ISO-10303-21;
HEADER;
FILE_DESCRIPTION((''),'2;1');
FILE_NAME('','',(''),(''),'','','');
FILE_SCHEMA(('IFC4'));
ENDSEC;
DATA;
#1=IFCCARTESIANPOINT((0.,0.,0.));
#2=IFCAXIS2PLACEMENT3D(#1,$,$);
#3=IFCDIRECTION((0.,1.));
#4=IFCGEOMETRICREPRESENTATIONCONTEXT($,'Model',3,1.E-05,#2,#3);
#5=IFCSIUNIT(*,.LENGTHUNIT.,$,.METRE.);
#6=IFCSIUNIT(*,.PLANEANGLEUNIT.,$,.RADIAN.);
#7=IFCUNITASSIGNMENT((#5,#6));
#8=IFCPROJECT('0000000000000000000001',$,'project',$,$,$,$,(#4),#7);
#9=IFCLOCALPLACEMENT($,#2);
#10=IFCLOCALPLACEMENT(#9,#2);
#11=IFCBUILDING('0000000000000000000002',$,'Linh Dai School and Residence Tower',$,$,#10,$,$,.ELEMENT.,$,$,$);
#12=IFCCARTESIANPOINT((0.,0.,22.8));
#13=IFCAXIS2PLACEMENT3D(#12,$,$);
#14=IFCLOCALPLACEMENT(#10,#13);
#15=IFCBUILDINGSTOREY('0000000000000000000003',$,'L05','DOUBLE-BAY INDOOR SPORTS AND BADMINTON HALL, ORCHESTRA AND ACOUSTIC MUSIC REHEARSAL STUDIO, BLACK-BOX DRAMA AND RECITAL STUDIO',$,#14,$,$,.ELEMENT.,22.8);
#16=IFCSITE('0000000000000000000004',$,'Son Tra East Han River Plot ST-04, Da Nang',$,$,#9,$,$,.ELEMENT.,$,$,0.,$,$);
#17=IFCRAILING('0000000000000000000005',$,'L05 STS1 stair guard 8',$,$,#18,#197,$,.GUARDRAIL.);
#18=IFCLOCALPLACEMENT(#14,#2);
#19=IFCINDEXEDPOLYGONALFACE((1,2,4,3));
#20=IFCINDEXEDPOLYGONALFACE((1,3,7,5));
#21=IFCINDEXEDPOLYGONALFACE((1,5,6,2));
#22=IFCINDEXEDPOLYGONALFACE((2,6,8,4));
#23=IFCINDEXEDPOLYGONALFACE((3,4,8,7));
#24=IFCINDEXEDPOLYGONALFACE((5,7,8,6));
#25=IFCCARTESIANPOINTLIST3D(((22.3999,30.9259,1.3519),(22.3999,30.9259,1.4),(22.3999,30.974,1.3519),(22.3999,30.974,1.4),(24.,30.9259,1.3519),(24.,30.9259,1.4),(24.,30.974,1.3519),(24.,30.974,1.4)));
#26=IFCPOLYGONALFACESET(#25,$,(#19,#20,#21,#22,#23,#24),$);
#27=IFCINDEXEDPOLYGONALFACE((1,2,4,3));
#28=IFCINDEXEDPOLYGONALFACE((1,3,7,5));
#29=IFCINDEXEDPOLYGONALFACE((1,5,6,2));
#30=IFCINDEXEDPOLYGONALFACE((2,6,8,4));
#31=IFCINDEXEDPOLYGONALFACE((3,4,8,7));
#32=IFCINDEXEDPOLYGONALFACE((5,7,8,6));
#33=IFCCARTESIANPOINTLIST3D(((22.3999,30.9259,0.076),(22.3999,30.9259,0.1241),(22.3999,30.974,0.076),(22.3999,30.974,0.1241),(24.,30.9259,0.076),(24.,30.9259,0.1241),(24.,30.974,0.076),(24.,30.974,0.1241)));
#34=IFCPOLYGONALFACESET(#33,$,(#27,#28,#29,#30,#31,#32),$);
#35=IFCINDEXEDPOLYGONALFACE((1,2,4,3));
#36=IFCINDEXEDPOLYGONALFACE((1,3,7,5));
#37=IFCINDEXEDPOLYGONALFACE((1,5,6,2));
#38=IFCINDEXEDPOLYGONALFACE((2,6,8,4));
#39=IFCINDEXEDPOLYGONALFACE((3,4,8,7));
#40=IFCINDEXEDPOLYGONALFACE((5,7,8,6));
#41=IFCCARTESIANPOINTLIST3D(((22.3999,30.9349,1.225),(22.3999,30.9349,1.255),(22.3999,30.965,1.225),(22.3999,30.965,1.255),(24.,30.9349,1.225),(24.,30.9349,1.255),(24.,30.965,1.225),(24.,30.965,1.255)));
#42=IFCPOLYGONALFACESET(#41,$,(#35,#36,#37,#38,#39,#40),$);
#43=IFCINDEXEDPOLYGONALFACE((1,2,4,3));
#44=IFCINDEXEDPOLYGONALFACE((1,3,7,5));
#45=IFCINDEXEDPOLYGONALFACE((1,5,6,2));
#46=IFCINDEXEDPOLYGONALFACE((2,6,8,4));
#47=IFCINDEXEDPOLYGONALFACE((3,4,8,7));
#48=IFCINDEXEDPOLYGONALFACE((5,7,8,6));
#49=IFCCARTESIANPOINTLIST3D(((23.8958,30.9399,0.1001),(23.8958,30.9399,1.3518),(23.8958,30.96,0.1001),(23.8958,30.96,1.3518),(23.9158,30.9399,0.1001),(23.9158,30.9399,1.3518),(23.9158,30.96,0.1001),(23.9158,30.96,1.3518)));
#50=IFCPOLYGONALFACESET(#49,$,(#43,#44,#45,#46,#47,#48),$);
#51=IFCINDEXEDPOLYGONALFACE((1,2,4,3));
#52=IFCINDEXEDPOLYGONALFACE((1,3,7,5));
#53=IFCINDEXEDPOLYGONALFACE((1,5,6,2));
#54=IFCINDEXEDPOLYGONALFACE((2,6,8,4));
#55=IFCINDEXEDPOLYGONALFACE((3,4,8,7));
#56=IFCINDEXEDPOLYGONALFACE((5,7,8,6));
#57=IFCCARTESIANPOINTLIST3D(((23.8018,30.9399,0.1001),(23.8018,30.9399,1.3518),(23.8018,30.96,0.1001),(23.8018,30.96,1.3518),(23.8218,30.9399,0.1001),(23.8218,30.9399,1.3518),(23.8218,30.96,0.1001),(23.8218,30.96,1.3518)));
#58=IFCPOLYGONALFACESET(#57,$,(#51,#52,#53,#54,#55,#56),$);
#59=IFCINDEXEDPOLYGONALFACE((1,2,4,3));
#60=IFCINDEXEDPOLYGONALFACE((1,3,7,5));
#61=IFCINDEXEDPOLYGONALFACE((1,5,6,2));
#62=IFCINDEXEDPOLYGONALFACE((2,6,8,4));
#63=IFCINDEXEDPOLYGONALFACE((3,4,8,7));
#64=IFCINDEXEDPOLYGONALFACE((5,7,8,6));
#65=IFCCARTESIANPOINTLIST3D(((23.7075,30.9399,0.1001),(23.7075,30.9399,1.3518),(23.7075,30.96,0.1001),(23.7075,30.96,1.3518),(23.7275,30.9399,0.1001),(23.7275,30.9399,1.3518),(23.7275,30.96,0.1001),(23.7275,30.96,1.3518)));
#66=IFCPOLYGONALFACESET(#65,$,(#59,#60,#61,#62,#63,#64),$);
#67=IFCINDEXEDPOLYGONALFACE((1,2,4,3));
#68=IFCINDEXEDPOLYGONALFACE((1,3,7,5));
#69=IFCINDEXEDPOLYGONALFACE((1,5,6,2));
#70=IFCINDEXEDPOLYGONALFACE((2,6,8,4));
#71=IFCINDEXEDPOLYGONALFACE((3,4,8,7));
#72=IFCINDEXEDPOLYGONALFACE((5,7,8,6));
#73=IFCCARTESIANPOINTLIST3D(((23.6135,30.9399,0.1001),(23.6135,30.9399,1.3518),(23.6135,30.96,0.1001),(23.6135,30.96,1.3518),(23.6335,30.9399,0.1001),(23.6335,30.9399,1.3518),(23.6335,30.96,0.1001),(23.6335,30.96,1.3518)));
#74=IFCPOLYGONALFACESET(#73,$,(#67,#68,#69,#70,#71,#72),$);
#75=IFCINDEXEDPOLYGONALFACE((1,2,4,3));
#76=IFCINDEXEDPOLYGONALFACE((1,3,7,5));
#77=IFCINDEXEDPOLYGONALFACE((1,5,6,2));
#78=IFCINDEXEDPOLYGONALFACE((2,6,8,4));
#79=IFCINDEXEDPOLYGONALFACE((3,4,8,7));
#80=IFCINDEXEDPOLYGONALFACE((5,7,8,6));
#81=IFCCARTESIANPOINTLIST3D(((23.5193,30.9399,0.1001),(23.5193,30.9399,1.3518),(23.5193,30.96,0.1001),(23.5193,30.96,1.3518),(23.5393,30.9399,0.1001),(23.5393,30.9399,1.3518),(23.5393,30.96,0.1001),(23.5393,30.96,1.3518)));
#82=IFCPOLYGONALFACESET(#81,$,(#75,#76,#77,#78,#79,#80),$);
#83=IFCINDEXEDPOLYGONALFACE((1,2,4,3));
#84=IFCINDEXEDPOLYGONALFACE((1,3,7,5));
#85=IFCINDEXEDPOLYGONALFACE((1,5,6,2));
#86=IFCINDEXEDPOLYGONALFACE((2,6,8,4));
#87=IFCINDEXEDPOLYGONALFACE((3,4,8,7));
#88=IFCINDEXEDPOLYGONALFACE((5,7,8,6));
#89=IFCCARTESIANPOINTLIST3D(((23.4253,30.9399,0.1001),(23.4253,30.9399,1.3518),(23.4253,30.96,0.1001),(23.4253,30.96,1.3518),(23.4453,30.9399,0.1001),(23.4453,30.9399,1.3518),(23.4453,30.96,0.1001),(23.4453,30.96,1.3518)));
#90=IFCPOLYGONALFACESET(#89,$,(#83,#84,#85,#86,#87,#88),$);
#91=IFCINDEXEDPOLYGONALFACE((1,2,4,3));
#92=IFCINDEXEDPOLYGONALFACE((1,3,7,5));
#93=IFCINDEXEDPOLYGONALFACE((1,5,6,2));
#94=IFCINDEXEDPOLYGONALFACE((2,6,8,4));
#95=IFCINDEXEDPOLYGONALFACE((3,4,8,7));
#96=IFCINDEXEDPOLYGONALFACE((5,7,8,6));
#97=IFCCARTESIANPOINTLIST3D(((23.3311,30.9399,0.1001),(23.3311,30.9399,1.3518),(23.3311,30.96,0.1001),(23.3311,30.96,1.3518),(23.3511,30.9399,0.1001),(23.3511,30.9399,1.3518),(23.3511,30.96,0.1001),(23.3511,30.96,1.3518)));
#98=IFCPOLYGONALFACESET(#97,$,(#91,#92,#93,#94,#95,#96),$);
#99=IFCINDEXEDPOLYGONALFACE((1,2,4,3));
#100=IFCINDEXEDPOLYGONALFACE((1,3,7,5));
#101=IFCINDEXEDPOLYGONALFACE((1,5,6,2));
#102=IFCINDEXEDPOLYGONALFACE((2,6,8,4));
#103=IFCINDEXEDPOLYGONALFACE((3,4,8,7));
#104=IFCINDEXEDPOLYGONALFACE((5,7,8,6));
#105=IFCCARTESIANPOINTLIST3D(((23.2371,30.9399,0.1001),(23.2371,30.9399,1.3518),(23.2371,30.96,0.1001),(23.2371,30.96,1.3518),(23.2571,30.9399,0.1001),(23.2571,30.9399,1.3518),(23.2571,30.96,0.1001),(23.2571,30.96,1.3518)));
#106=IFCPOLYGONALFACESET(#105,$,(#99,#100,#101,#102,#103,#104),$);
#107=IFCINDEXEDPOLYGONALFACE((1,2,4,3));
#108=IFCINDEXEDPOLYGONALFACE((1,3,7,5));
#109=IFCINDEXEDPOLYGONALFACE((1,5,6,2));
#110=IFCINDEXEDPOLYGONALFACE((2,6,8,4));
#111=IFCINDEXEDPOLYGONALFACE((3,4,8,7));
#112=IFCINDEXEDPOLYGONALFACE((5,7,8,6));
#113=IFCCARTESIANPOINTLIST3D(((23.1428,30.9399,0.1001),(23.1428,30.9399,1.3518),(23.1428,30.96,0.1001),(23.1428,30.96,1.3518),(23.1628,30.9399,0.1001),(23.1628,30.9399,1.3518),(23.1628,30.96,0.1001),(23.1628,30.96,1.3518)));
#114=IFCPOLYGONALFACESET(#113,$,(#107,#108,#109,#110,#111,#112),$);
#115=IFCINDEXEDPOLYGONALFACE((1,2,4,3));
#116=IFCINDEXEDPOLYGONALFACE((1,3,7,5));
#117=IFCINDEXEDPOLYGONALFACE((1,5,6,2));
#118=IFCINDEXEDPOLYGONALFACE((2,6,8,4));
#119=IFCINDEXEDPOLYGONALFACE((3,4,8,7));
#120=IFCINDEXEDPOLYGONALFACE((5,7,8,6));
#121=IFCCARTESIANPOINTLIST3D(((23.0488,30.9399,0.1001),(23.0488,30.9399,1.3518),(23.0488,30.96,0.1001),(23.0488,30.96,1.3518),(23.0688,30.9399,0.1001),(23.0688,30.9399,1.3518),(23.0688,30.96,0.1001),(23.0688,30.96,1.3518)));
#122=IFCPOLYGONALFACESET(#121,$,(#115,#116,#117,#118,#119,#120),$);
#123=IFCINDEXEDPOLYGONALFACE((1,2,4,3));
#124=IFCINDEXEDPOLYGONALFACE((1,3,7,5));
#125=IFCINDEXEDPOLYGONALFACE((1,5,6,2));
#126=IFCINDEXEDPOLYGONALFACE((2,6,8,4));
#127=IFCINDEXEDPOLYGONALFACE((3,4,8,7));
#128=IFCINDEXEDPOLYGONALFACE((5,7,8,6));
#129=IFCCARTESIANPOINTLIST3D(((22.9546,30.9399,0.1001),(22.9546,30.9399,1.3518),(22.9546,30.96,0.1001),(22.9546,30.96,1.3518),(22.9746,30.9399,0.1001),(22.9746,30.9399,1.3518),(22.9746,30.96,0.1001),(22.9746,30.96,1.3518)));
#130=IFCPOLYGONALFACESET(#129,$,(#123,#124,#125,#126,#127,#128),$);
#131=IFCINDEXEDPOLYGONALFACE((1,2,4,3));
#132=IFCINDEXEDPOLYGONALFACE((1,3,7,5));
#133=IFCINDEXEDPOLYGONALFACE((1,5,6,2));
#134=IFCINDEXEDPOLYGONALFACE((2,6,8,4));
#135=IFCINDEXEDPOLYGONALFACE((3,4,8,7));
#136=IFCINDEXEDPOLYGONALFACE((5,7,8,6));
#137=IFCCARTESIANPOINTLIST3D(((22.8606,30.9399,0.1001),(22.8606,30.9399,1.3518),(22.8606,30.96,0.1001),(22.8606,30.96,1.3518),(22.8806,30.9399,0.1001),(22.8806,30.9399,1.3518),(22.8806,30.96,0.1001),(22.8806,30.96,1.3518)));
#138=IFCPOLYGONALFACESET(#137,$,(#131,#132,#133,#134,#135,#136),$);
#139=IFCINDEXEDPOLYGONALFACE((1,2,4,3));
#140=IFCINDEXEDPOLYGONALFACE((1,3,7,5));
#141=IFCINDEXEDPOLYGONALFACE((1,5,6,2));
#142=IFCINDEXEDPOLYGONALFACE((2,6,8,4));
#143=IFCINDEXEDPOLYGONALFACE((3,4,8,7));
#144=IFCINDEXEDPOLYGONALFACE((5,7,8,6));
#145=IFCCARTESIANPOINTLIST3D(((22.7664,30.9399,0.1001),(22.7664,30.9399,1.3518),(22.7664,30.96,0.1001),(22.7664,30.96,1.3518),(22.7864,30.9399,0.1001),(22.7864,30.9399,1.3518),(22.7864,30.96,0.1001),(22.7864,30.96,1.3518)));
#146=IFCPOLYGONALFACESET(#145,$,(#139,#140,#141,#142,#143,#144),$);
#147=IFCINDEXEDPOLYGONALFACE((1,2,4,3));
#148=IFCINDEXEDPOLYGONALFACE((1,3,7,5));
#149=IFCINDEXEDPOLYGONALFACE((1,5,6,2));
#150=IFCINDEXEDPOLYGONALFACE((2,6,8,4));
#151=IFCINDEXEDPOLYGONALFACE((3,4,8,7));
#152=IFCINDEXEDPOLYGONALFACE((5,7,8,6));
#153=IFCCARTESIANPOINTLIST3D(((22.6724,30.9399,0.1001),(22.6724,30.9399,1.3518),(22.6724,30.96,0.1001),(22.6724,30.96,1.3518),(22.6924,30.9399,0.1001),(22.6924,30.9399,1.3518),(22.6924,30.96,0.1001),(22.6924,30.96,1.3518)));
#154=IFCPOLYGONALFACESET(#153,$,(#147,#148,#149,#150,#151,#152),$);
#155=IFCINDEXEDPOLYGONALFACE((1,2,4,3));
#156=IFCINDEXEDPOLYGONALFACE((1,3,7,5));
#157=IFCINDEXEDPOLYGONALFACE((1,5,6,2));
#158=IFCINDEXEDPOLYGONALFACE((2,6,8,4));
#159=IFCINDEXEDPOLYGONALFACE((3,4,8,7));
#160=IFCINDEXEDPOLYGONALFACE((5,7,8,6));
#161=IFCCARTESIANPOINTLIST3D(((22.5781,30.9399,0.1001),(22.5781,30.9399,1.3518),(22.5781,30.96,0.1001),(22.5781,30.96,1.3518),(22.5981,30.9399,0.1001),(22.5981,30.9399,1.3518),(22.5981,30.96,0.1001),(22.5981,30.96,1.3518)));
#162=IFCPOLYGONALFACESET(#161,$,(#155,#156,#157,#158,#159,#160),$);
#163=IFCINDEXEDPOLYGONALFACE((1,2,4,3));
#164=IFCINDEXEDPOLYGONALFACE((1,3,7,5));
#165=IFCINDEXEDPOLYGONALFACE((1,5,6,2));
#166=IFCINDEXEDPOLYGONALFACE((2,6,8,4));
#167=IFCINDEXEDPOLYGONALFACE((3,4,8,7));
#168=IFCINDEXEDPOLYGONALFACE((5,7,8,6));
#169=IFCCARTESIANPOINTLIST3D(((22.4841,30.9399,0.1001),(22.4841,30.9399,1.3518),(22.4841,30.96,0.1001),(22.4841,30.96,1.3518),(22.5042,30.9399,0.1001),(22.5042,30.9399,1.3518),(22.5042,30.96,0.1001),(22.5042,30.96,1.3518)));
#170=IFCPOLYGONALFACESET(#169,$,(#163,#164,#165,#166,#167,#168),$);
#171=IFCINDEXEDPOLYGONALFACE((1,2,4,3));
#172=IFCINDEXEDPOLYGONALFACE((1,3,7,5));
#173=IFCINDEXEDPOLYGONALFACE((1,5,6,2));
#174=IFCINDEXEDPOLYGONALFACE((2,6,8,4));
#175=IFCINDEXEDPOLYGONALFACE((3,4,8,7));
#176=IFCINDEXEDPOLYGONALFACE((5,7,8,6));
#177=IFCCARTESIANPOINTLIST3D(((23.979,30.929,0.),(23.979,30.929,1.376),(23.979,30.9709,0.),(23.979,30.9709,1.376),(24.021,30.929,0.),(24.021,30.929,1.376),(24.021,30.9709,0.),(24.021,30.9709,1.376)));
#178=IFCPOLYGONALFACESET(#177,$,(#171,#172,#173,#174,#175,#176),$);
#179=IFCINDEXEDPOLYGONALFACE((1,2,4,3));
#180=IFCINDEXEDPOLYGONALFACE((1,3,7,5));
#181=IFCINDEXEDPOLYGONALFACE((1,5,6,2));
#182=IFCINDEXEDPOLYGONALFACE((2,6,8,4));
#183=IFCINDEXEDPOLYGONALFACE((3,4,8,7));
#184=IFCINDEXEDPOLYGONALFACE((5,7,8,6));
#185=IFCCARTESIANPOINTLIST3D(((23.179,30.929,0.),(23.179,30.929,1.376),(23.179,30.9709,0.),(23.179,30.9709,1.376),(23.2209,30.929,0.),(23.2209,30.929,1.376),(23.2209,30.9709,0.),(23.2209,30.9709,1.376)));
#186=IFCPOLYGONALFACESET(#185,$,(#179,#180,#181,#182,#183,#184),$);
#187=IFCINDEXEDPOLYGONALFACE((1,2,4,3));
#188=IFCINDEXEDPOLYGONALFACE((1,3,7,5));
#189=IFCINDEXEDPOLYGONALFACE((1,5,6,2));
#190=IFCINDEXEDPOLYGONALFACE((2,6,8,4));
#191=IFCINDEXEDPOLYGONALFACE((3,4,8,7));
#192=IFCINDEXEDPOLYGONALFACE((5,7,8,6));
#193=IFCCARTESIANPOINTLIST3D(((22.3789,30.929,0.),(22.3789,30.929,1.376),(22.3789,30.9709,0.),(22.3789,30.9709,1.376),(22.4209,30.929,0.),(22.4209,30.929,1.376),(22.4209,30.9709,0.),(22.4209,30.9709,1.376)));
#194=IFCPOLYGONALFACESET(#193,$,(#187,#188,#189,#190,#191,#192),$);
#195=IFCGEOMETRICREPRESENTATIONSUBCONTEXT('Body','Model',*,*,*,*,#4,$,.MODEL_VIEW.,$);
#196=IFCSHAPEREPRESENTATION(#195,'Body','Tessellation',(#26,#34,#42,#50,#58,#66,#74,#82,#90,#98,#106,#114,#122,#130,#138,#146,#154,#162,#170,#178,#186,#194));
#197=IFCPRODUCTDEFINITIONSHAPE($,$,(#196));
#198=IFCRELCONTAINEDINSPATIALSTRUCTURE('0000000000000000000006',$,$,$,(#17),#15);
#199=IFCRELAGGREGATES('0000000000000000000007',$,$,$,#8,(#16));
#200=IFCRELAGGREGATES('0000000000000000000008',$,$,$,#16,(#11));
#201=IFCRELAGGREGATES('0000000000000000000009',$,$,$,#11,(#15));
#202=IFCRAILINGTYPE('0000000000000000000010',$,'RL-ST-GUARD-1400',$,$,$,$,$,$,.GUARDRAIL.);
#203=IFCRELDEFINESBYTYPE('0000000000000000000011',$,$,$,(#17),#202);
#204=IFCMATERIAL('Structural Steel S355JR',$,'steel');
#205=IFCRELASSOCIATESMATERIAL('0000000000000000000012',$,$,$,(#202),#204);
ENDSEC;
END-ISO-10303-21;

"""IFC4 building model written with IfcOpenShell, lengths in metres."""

from ifc_helpers import new_model, si_unit, direction, frame, origin, origin_2d, place, context, subcontext, project, spatial, rectangle, extrude, source, transform, mapped, material, type_object, element, save


model = new_model("IFC4")

# Units and contexts
model_context = context("Model", 3, precision=1e-05, world=origin(), true_north=direction((0.0, 1.0)))
body_context = subcontext(model_context, "Body", "Model", "MODEL_VIEW")
ifc_project = project(units=[si_unit("LENGTHUNIT", "METRE"), si_unit("PLANEANGLEUNIT", "RADIAN")], contexts=[model_context])

# Site, building, storey
site_placement = place(None, origin())
site = spatial("IfcSite", under=ifc_project, at=site_placement, Name="Son Tra East Han River Plot ST-04, Da Nang", CompositionType="ELEMENT", RefElevation=0.0)
building_placement = place(site_placement, origin())
building = spatial("IfcBuilding", under=site, at=building_placement, Name="Linh Dai School and Residence Tower", CompositionType="ELEMENT")
storey_placement = place(building_placement, frame((0.0, 0.0, 22.8)))
storey = spatial("IfcBuildingStorey", under=building, at=storey_placement, Name="L05", Description="DOUBLE-BAY INDOOR SPORTS AND BADMINTON HALL, ORCHESTRA AND ACOUSTIC MUSIC REHEARSAL STUDIO, BLACK-BOX DRAMA AND RECITAL STUDIO", CompositionType="ELEMENT", Elevation=22.8)

# Shared definitions
ifc_material_1 = material(Name="Structural Steel S355JR", Category="steel")

# Railing
railing_type_1 = type_object("IfcRailingType", Name="RL-ST-GUARD-1400", PredefinedType="GUARDRAIL", material=ifc_material_1)
shared_shape_1 = source(origin(), body_context, "Body", "SweptSolid", [
    extrude(rectangle(XDim=0.0481, YDim=0.0481, at=origin_2d()), frame((0.0, 0.0, 1.376), z_axis=(-1.0, 0.0, 0.0), x_axis=(0.0, -1.0, 0.0)), (0.0, 0.0, 1.0), 1.6001),
    extrude(rectangle(XDim=0.0481, YDim=0.0481, at=origin_2d()), frame((0.0, 0.0, 0.1001), z_axis=(-1.0, 0.0, 0.0), x_axis=(0.0, -1.0, 0.0)), (0.0, 0.0, 1.0), 1.6001),
    extrude(rectangle(XDim=0.03, YDim=0.03, at=origin_2d()), frame((0.0, 0.0, 1.24), z_axis=(-1.0, 0.0, 0.0), x_axis=(0.0, -1.0, 0.0)), (0.0, 0.0, 1.0), 1.6001),
    extrude(rectangle(XDim=0.02, YDim=0.02, at=origin_2d()), frame((-0.0942, 0.0, 0.1001)), (0.0, 0.0, 1.0), 1.2517),
    extrude(rectangle(XDim=0.02, YDim=0.02, at=origin_2d()), frame((-0.1882, 0.0, 0.1001)), (0.0, 0.0, 1.0), 1.2517),
    extrude(rectangle(XDim=0.02, YDim=0.02, at=origin_2d()), frame((-0.2825, 0.0, 0.1001)), (0.0, 0.0, 1.0), 1.2517),
    extrude(rectangle(XDim=0.02, YDim=0.02, at=origin_2d()), frame((-0.3765, 0.0, 0.1001)), (0.0, 0.0, 1.0), 1.2517),
    extrude(rectangle(XDim=0.02, YDim=0.02, at=origin_2d()), frame((-0.4707, 0.0, 0.1001)), (0.0, 0.0, 1.0), 1.2517),
    extrude(rectangle(XDim=0.02, YDim=0.02, at=origin_2d()), frame((-0.5647, 0.0, 0.1001)), (0.0, 0.0, 1.0), 1.2517),
    extrude(rectangle(XDim=0.02, YDim=0.02, at=origin_2d()), frame((-0.6589, 0.0, 0.1001)), (0.0, 0.0, 1.0), 1.2517),
    extrude(rectangle(XDim=0.02, YDim=0.02, at=origin_2d()), frame((-0.7529, 0.0, 0.1001)), (0.0, 0.0, 1.0), 1.2517),
    extrude(rectangle(XDim=0.02, YDim=0.02, at=origin_2d()), frame((-0.8472, 0.0, 0.1001)), (0.0, 0.0, 1.0), 1.2517),
    extrude(rectangle(XDim=0.02, YDim=0.02, at=origin_2d()), frame((-0.9412, 0.0, 0.1001)), (0.0, 0.0, 1.0), 1.2517),
    extrude(rectangle(XDim=0.02, YDim=0.02, at=origin_2d()), frame((-1.0354, 0.0, 0.1001)), (0.0, 0.0, 1.0), 1.2517),
    extrude(rectangle(XDim=0.02, YDim=0.02, at=origin_2d()), frame((-1.1294, 0.0, 0.1001)), (0.0, 0.0, 1.0), 1.2517),
    extrude(rectangle(XDim=0.02, YDim=0.02, at=origin_2d()), frame((-1.2236, 0.0, 0.1001)), (0.0, 0.0, 1.0), 1.2517),
    extrude(rectangle(XDim=0.02, YDim=0.02, at=origin_2d()), frame((-1.3176, 0.0, 0.1001)), (0.0, 0.0, 1.0), 1.2517),
    extrude(rectangle(XDim=0.02, YDim=0.02, at=origin_2d()), frame((-1.4119, 0.0, 0.1001)), (0.0, 0.0, 1.0), 1.2517),
    extrude(rectangle(XDim=0.02, YDim=0.02, at=origin_2d()), frame((-1.5059, 0.0, 0.1001)), (0.0, 0.0, 1.0), 1.2517),
    extrude(rectangle(XDim=0.042, YDim=0.042, at=origin_2d()), origin(), (0.0, 0.0, 1.0), 1.376),
    extrude(rectangle(XDim=0.042, YDim=0.042, at=origin_2d()), frame((-0.8, 0.0, 0.0)), (0.0, 0.0, 1.0), 1.376),
    extrude(rectangle(XDim=0.042, YDim=0.042, at=origin_2d()), frame((-1.6001, 0.0, 0.0)), (0.0, 0.0, 1.0), 1.376),
])
for number, where, name in (
    (1, (24.0, 30.95, 0.0), "L05 STS1 stair guard 8"),
):
    element("IfcRailing", number, at=place(storey_placement, frame(where)), inside=storey, type_object=railing_type_1, Name=name, PredefinedType="GUARDRAIL", context=body_context, shape_type="MappedRepresentation", body=[
        mapped(shared_shape_1, transform((0.0, 0.0, 0.0), x_axis=(1.0, 0.0, 0.0), y_axis=(0.0, 1.0, 0.0), z_axis=(0.0, 0.0, 1.0), scale=1.0)),
    ])

save(model, "model.ifc")
